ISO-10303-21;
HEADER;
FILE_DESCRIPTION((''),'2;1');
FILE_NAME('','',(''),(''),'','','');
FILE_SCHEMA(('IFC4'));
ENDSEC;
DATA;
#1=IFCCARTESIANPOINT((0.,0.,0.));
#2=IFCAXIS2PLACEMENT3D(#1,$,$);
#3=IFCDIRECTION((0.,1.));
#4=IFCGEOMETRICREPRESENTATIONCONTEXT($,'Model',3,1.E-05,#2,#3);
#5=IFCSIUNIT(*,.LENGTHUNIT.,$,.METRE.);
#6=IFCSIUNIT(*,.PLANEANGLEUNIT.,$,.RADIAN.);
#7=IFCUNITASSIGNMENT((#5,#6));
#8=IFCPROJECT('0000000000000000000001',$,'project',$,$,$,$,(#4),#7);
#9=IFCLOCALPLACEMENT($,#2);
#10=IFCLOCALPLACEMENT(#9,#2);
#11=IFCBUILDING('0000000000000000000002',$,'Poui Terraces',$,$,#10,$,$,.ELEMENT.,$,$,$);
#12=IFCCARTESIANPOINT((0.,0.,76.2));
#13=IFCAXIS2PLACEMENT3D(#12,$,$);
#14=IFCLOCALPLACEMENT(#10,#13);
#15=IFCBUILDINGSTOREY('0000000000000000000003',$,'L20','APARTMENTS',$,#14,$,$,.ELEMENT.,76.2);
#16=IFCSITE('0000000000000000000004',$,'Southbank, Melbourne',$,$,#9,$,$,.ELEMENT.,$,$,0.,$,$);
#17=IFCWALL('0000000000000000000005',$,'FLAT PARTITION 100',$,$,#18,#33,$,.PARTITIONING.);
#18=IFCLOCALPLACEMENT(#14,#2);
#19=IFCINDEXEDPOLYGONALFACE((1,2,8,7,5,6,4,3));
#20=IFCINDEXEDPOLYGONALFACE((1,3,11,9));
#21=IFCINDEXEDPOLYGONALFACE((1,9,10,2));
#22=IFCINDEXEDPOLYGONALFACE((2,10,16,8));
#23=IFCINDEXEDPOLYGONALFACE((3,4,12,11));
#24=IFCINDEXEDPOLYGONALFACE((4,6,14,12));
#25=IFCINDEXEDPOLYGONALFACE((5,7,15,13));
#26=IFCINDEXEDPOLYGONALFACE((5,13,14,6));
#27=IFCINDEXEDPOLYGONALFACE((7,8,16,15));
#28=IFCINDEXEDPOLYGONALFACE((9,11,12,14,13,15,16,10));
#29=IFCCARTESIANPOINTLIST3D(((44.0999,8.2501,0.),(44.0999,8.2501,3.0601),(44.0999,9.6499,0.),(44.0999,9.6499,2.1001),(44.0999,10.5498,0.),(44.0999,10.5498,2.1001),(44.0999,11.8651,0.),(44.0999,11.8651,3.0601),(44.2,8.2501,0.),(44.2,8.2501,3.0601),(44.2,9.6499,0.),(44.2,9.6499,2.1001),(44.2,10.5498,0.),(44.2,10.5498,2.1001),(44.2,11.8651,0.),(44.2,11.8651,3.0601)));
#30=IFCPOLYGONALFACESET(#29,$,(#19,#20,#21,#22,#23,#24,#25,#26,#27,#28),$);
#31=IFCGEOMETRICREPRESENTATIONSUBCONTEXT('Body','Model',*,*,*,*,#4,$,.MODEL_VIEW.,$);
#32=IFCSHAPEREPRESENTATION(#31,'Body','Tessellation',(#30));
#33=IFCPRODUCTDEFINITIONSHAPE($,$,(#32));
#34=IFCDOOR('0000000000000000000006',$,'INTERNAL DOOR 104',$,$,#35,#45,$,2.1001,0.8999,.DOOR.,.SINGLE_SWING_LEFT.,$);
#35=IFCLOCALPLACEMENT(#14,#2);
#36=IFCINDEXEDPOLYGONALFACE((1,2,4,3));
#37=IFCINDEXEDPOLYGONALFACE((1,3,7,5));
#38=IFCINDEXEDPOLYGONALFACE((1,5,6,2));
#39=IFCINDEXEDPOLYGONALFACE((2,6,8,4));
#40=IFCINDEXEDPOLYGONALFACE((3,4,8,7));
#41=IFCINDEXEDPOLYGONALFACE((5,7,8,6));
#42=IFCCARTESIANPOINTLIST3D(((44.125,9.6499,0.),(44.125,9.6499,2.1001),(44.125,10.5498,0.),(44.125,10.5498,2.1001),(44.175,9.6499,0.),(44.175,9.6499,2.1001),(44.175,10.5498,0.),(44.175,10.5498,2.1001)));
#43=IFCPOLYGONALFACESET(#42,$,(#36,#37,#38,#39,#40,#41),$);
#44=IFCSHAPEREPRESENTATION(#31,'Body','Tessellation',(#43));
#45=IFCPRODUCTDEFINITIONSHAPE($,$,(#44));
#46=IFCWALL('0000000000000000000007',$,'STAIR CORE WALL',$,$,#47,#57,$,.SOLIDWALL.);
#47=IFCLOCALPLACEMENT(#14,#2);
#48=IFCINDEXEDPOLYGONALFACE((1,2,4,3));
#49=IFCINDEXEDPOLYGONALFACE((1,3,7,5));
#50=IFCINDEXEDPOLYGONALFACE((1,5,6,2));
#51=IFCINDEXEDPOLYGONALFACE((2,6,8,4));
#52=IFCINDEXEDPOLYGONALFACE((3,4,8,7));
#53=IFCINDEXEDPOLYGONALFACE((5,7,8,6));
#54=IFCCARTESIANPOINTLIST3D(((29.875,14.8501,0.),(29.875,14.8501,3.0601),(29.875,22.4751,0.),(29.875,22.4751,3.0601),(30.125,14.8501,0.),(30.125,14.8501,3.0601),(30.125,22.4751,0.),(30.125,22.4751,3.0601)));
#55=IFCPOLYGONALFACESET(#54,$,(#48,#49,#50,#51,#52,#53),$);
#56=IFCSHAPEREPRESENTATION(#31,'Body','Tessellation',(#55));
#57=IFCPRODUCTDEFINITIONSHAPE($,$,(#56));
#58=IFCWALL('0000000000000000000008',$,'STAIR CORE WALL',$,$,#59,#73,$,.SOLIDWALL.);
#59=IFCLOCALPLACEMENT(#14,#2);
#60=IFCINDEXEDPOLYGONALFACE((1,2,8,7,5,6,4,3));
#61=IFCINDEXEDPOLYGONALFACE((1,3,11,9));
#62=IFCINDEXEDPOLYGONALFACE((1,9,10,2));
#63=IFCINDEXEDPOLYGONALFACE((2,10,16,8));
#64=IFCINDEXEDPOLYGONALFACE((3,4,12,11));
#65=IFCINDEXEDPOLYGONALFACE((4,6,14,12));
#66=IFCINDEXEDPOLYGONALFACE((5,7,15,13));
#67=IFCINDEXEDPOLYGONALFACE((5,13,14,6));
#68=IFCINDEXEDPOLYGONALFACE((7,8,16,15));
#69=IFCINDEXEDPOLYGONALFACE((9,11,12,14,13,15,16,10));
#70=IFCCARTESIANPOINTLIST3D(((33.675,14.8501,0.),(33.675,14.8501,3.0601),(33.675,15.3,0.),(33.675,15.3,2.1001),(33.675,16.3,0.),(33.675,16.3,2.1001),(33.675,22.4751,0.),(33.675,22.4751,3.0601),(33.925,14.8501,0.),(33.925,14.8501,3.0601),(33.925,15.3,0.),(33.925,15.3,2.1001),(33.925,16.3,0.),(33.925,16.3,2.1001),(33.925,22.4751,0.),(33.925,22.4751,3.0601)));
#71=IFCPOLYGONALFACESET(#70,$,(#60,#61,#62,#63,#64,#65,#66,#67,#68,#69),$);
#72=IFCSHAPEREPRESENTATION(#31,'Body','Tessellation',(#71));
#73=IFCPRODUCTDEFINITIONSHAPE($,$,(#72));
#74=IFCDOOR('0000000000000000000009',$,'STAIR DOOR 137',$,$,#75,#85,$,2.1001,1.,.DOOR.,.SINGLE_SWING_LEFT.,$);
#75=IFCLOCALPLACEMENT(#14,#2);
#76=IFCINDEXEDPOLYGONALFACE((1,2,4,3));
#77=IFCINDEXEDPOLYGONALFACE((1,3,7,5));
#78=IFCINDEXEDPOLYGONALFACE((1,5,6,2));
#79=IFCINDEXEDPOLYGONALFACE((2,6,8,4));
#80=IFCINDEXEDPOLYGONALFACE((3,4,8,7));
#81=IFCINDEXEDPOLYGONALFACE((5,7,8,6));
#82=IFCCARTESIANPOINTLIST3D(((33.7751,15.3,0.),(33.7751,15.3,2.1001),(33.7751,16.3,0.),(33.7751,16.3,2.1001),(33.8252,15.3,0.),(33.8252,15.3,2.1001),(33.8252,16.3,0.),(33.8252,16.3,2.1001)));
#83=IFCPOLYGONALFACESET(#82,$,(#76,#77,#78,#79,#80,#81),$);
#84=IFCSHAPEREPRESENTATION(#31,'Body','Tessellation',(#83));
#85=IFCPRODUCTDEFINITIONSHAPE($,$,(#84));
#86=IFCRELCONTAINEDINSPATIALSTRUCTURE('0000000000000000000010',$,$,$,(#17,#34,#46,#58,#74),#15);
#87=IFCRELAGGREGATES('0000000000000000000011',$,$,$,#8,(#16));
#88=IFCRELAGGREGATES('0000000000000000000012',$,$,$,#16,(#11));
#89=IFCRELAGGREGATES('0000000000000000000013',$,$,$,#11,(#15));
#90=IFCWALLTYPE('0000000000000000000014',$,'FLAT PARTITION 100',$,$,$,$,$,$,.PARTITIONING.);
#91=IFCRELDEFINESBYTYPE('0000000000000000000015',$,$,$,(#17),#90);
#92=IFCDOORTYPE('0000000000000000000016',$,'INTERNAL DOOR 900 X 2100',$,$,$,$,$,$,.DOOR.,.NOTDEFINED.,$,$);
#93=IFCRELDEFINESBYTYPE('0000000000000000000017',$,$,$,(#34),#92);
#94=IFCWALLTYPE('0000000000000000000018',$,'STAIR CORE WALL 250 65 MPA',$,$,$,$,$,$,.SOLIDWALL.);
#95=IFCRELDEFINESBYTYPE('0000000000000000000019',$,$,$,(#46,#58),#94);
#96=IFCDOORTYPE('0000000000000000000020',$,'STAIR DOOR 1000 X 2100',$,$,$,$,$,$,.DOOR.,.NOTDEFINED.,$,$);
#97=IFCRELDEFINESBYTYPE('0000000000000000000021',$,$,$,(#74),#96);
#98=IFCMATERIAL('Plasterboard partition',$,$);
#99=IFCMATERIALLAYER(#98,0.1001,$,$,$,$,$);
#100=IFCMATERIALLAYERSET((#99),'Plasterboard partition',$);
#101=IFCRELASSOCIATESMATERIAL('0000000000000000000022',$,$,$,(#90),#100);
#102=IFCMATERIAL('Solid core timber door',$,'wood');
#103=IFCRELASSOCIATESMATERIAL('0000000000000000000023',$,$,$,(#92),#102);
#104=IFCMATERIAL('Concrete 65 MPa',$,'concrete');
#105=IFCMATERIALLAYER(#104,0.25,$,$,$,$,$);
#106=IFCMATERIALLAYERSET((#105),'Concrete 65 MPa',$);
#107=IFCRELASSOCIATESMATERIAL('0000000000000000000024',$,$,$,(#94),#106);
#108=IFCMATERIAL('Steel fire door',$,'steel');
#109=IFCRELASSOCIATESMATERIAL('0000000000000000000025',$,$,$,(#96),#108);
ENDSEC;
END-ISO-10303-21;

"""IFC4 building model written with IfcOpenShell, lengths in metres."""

from ifc_helpers import new_model, si_unit, direction, frame, frame_2d, origin, place, context, subcontext, project, spatial, rectangle, extrude, material, layer, layer_set, type_object, element, fill, save


model = new_model("IFC4")

# Units and contexts
model_context = context("Model", 3, precision=1e-05, world=origin(), true_north=direction((0.0, 1.0)))
body_context = subcontext(model_context, "Body", "Model", "MODEL_VIEW")
ifc_project = project(units=[si_unit("LENGTHUNIT", "METRE"), si_unit("PLANEANGLEUNIT", "RADIAN")], contexts=[model_context])

# Site, building, storey
site_placement = place(None, origin())
site = spatial("IfcSite", under=ifc_project, at=site_placement, Name="Southbank, Melbourne", CompositionType="ELEMENT", RefElevation=0.0)
building_placement = place(site_placement, origin())
building = spatial("IfcBuilding", under=site, at=building_placement, Name="Poui Terraces", CompositionType="ELEMENT")
storey_placement = place(building_placement, frame((0.0, 0.0, 76.2)))
storey = spatial("IfcBuildingStorey", under=building, at=storey_placement, Name="L20", Description="APARTMENTS", CompositionType="ELEMENT", Elevation=76.2)

# Shared definitions
ifc_material_1 = material(Name="Concrete 65 MPa", Category="concrete")

# Shared definitions
ifc_material_2 = material(Name="Steel fire door", Category="steel")
ifc_material_3 = material(Name="Plasterboard partition")
ifc_layer_1 = layer(ifc_material_3, 0.1001)
ifc_layer_set_1 = layer_set([ifc_layer_1], Name="Plasterboard partition")
wall_type_1 = type_object("IfcWallType", Name="FLAT PARTITION 100", PredefinedType="PARTITIONING", material=ifc_layer_set_1)
ifc_material_4 = material(Name="Solid core timber door", Category="wood")

# Wall, opening, door
wall_1_placement = place(storey_placement, frame((44.1499, 8.25, 0.0), z_axis=(0.0, 0.0, 1.0), x_axis=(0.0, 1.0, 0.0)))
wall_1 = element("IfcWall", 1, at=wall_1_placement, inside=storey, type_object=wall_type_1, Name="FLAT PARTITION 100", PredefinedType="PARTITIONING", context=body_context, shape_type="SweptSolid", body=[
    extrude(rectangle(XDim=3.615, YDim=0.1001, at=frame_2d((1.8076, 0.0))), origin(), (0.0, 0.0, 1.0), 3.0601),
])
opening_1_placement = place(wall_1_placement, frame((1.3999, 0.0, 0.0)))
opening_1 = element("IfcOpeningElement", 2, at=opening_1_placement, cuts=wall_1, PredefinedType="OPENING", context=body_context, shape_type="SweptSolid", body=[
    extrude(rectangle(XDim=0.8999, YDim=2.1001, at=frame_2d((0.45, 1.05))), frame((0.0, 0.0601, 0.0), z_axis=(0.0, -1.0, 0.0), x_axis=(1.0, 0.0, 0.0)), (0.0, 0.0, 1.0), 0.1201),
])
door_type_1 = type_object("IfcDoorType", Name="INTERNAL DOOR 900 X 2100", OperationType="NOTDEFINED", PredefinedType="DOOR", material=ifc_material_4)
door_1_placement = place(opening_1_placement, origin())
door_1 = element("IfcDoor", 3, at=door_1_placement, inside=storey, type_object=door_type_1, Name="INTERNAL DOOR 104", OperationType="SINGLE_SWING_LEFT", OverallHeight=2.1001, OverallWidth=0.8999, PredefinedType="DOOR", context=body_context, shape_type="SweptSolid", body=[
    extrude(rectangle(XDim=0.8999, YDim=2.1001, at=frame_2d((0.45, 1.05))), frame((0.0, 0.0249, 0.0), z_axis=(0.0, -1.0, 0.0), x_axis=(1.0, 0.0, 0.0)), (0.0, 0.0, 1.0), 0.05),
])
fill(opening_1, door_1)

# Wall
ifc_layer_2 = layer(ifc_material_1, 0.25)
ifc_layer_set_2 = layer_set([ifc_layer_2], Name="Concrete 65 MPa")
wall_type_2 = type_object("IfcWallType", Name="STAIR CORE WALL 250 65 MPA", PredefinedType="SOLIDWALL", material=ifc_layer_set_2)
wall_2_placement = place(storey_placement, frame((30.0, 14.8501, 0.0), z_axis=(0.0, 0.0, 1.0), x_axis=(0.0, 1.0, 0.0)))
element("IfcWall", 4, at=wall_2_placement, inside=storey, type_object=wall_type_2, Name="STAIR CORE WALL", PredefinedType="SOLIDWALL", context=body_context, shape_type="SweptSolid", body=[
    extrude(rectangle(XDim=7.625, YDim=0.25, at=frame_2d((3.8125, 0.0))), origin(), (0.0, 0.0, 1.0), 3.0601),
])

# Wall, opening, door
wall_3_placement = place(storey_placement, frame((33.8, 14.8501, 0.0), z_axis=(0.0, 0.0, 1.0), x_axis=(0.0, 1.0, 0.0)))
wall_3 = element("IfcWall", 5, at=wall_3_placement, inside=storey, type_object=wall_type_2, Name="STAIR CORE WALL", PredefinedType="SOLIDWALL", context=body_context, shape_type="SweptSolid", body=[
    extrude(rectangle(XDim=7.625, YDim=0.25, at=frame_2d((3.8125, 0.0))), origin(), (0.0, 0.0, 1.0), 3.0601),
])
opening_2_placement = place(wall_3_placement, frame((0.45, 0.0, 0.0)))
opening_2 = element("IfcOpeningElement", 6, at=opening_2_placement, cuts=wall_3, PredefinedType="OPENING", context=body_context, shape_type="SweptSolid", body=[
    extrude(rectangle(XDim=1.0, YDim=2.1001, at=frame_2d((0.5, 1.05))), frame((0.0, 0.135, 0.0), z_axis=(0.0, -1.0, 0.0), x_axis=(1.0, 0.0, 0.0)), (0.0, 0.0, 1.0), 0.27),
])
door_type_2 = type_object("IfcDoorType", Name="STAIR DOOR 1000 X 2100", OperationType="NOTDEFINED", PredefinedType="DOOR", material=ifc_material_2)
door_2_placement = place(opening_2_placement, origin())
door_2 = element("IfcDoor", 7, at=door_2_placement, inside=storey, type_object=door_type_2, Name="STAIR DOOR 137", OperationType="SINGLE_SWING_LEFT", OverallHeight=2.1001, OverallWidth=1.0, PredefinedType="DOOR", context=body_context, shape_type="SweptSolid", body=[
    extrude(rectangle(XDim=1.0, YDim=2.1001, at=frame_2d((0.5, 1.05))), frame((0.0, 0.0249, 0.0), z_axis=(0.0, -1.0, 0.0), x_axis=(1.0, 0.0, 0.0)), (0.0, 0.0, 1.0), 0.05),
])
fill(opening_2, door_2)

save(model, "model.ifc")
